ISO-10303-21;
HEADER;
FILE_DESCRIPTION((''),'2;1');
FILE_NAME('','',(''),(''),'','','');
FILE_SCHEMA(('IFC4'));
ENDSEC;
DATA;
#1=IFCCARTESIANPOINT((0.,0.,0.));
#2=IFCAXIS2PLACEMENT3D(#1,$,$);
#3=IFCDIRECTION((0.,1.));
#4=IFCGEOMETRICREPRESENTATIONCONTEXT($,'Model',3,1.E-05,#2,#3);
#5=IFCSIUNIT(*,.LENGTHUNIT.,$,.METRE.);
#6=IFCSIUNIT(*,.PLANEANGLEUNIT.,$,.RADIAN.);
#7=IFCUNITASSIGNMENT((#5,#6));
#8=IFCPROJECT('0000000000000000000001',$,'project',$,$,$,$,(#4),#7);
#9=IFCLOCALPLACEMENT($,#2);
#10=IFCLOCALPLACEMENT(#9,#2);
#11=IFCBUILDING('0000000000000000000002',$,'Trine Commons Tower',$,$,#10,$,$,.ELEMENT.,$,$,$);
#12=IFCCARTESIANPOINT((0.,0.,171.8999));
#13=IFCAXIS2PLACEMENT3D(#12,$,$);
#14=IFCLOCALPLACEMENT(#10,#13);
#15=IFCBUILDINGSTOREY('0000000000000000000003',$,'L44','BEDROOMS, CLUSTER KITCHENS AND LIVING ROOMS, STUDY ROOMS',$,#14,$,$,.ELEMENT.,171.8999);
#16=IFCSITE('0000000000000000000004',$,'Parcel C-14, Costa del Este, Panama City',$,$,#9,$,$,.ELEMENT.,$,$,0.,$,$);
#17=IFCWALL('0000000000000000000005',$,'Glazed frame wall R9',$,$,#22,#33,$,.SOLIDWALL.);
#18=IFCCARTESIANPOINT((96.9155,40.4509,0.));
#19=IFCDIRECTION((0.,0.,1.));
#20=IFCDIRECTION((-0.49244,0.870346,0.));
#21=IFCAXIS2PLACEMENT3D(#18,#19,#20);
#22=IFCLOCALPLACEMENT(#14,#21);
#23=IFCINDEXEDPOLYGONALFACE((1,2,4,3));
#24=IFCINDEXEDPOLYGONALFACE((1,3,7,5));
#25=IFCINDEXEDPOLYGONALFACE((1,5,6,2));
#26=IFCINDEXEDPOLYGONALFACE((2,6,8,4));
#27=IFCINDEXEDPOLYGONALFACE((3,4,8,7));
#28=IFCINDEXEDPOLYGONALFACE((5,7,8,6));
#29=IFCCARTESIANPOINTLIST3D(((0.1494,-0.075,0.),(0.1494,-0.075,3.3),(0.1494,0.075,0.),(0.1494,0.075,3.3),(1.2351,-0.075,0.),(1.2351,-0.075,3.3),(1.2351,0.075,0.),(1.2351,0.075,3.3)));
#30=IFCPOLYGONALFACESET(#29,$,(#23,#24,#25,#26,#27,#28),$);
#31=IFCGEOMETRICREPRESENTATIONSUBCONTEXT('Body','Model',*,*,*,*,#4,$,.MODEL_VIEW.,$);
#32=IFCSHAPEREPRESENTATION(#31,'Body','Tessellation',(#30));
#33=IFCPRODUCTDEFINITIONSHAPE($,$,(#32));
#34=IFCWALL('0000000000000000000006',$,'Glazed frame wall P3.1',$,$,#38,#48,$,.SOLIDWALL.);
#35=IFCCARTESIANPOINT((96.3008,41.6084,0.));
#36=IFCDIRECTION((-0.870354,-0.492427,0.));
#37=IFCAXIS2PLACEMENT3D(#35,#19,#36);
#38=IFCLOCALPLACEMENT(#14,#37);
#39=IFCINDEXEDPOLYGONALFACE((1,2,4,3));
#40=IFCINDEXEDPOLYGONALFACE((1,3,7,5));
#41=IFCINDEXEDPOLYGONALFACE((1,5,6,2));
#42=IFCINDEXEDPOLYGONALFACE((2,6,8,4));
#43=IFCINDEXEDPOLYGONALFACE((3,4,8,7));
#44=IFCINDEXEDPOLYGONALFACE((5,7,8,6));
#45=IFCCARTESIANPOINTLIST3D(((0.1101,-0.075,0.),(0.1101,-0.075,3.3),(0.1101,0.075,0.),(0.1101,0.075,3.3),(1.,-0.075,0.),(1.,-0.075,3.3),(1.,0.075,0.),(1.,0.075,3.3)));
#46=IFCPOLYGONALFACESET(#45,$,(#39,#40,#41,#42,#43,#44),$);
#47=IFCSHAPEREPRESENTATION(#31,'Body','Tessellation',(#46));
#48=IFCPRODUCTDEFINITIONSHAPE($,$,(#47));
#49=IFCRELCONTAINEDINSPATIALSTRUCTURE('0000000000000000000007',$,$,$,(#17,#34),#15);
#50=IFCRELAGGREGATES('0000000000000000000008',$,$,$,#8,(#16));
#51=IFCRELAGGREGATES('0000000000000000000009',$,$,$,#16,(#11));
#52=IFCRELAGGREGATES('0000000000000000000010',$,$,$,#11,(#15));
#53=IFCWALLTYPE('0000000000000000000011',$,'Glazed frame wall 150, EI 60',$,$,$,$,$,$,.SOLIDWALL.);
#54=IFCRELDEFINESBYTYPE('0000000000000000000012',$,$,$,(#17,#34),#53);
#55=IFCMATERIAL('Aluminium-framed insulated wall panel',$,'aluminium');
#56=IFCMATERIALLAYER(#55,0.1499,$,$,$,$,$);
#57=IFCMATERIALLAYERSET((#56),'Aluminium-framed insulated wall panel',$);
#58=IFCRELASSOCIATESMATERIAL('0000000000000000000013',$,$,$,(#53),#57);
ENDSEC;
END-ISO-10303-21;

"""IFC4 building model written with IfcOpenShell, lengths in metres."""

from ifc_helpers import new_model, si_unit, direction, frame, origin, place, context, subcontext, project, spatial, polyline, outline, extrude, material, layer, layer_set, type_object, element, save


model = new_model("IFC4")

# Units and contexts
model_context = context("Model", 3, precision=1e-05, world=origin(), true_north=direction((0.0, 1.0)))
body_context = subcontext(model_context, "Body", "Model", "MODEL_VIEW")
ifc_project = project(units=[si_unit("LENGTHUNIT", "METRE"), si_unit("PLANEANGLEUNIT", "RADIAN")], contexts=[model_context])

# Site, building, storey
site_placement = place(None, origin())
site = spatial("IfcSite", under=ifc_project, at=site_placement, Name="Parcel C-14, Costa del Este, Panama City", CompositionType="ELEMENT", RefElevation=0.0)
building_placement = place(site_placement, origin())
building = spatial("IfcBuilding", under=site, at=building_placement, Name="Trine Commons Tower", CompositionType="ELEMENT")
storey_placement = place(building_placement, frame((0.0, 0.0, 171.8999)))
storey = spatial("IfcBuildingStorey", under=building, at=storey_placement, Name="L44", Description="BEDROOMS, CLUSTER KITCHENS AND LIVING ROOMS, STUDY ROOMS", CompositionType="ELEMENT", Elevation=171.8999)

# Walls
ifc_material_1 = material(Name="Aluminium-framed insulated wall panel", Category="aluminium")
ifc_layer_1 = layer(ifc_material_1, 0.1499)
ifc_layer_set_1 = layer_set([ifc_layer_1], Name="Aluminium-framed insulated wall panel")
wall_type_1 = type_object("IfcWallType", Name="Glazed frame wall 150, EI 60", PredefinedType="SOLIDWALL", material=ifc_layer_set_1)
wall_1_placement = place(storey_placement, frame((96.9155, 40.4509, 0.0), z_axis=(0.0, 0.0, 1.0), x_axis=(-0.49244, 0.870346, 0.0)))
element("IfcWall", 1, at=wall_1_placement, inside=storey, type_object=wall_type_1, Name="Glazed frame wall R9", PredefinedType="SOLIDWALL", context=body_context, shape_type="SweptSolid", body=[
    extrude(outline(polyline([(0.1494, 0.075), (0.1494, -0.075), (1.2351, -0.075), (1.2351, 0.075), (0.1494, 0.075)])), origin(), (0.0, 0.0, 1.0), 3.3),
])
wall_2_placement = place(storey_placement, frame((96.3008, 41.6084, 0.0), z_axis=(0.0, 0.0, 1.0), x_axis=(-0.870354, -0.492427, 0.0)))
element("IfcWall", 2, at=wall_2_placement, inside=storey, type_object=wall_type_1, Name="Glazed frame wall P3.1", PredefinedType="SOLIDWALL", context=body_context, shape_type="SweptSolid", body=[
    extrude(outline(polyline([(0.1101, -0.075), (1.0, -0.075), (1.0, 0.075), (0.1101, 0.075), (0.1101, -0.075)])), origin(), (0.0, 0.0, 1.0), 3.3),
])

save(model, "model.ifc")
